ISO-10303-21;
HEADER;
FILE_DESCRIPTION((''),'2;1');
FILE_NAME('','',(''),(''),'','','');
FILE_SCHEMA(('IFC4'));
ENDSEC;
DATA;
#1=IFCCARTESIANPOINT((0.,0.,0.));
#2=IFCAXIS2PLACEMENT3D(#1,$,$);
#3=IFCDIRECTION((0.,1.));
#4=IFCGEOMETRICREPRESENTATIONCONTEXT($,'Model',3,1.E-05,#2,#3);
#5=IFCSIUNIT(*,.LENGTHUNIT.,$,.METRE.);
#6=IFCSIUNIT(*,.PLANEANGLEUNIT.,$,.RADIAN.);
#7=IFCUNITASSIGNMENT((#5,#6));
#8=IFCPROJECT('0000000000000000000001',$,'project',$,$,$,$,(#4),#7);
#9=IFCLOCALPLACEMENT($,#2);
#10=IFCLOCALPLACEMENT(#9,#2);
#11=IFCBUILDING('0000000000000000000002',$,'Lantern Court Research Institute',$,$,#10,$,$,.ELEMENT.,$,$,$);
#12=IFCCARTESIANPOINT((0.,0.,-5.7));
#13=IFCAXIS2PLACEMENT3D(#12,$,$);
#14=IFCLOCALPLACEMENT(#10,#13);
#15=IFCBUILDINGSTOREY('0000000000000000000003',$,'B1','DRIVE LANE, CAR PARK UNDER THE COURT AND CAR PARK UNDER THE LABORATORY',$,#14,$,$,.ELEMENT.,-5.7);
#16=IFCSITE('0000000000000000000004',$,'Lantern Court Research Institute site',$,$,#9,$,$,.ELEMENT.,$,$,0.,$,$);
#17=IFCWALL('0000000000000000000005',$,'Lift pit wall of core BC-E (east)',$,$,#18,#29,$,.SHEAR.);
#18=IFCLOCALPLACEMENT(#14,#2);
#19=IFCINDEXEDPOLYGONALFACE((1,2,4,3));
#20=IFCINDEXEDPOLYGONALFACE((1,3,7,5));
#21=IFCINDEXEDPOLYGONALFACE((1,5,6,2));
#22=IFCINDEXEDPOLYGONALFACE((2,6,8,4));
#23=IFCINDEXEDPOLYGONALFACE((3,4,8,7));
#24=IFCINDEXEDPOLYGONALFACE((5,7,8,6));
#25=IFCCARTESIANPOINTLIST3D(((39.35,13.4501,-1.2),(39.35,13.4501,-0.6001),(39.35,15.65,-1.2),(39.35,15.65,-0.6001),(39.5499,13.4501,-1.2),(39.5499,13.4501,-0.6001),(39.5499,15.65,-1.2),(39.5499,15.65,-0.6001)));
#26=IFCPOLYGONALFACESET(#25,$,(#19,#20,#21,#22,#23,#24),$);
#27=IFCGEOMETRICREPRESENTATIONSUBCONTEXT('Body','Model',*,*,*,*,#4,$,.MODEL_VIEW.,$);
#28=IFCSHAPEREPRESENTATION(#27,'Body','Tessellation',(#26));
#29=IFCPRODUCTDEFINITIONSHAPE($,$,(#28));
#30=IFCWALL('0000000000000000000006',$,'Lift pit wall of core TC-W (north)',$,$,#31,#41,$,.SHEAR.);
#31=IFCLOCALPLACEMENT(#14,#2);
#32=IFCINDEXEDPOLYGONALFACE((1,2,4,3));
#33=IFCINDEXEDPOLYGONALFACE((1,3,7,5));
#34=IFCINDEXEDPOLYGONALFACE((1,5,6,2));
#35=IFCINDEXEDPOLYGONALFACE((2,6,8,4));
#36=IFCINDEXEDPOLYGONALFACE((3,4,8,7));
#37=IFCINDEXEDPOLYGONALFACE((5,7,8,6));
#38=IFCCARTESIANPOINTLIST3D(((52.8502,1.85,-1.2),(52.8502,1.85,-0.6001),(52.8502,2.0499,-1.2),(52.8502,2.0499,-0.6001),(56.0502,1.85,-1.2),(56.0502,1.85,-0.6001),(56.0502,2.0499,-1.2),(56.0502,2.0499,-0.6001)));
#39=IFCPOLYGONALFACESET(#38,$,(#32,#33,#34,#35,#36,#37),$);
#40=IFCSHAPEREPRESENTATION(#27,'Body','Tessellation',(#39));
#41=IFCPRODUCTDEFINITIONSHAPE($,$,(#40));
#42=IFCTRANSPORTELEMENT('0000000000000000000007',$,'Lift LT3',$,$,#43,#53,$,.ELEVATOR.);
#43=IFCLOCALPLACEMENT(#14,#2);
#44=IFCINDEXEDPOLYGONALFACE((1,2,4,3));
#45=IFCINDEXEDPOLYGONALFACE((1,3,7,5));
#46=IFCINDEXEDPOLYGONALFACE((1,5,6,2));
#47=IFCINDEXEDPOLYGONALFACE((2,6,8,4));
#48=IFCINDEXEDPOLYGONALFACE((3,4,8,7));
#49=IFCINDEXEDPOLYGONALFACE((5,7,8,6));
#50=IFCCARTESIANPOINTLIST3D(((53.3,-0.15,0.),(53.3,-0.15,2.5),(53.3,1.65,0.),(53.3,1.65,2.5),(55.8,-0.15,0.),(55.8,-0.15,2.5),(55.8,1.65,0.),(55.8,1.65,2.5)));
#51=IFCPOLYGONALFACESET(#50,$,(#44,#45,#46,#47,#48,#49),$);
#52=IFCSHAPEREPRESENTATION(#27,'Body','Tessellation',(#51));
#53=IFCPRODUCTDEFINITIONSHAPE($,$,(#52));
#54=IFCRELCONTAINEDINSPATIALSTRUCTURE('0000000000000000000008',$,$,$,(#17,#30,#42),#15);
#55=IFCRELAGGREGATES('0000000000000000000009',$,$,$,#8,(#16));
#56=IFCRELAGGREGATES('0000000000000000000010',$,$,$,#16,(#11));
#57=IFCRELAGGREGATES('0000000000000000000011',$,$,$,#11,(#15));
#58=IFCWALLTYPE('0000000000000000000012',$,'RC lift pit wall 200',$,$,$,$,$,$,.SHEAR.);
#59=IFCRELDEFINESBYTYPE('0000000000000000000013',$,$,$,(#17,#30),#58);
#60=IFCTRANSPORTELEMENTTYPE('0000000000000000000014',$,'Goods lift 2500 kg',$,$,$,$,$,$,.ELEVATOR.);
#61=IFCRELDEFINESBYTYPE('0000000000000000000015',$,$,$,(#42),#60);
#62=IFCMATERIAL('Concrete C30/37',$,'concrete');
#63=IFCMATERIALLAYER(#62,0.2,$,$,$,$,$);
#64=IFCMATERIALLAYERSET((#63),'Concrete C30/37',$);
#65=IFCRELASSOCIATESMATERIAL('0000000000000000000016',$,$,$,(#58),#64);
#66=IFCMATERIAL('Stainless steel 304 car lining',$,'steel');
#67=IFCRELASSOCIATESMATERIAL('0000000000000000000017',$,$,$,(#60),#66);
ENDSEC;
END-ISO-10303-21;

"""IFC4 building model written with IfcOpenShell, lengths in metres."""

from ifc_helpers import new_model, si_unit, direction, frame, frame_2d, origin, origin_2d, place, context, subcontext, project, spatial, rectangle, extrude, material, layer, layer_set, type_object, element, save


model = new_model("IFC4")

# Units and contexts
model_context = context("Model", 3, precision=1e-05, world=origin(), true_north=direction((0.0, 1.0)))
body_context = subcontext(model_context, "Body", "Model", "MODEL_VIEW")
ifc_project = project(units=[si_unit("LENGTHUNIT", "METRE"), si_unit("PLANEANGLEUNIT", "RADIAN")], contexts=[model_context])

# Site, building, storey
site_placement = place(None, origin())
site = spatial("IfcSite", under=ifc_project, at=site_placement, Name="Lantern Court Research Institute site", CompositionType="ELEMENT", RefElevation=0.0)
building_placement = place(site_placement, origin())
building = spatial("IfcBuilding", under=site, at=building_placement, Name="Lantern Court Research Institute", CompositionType="ELEMENT")
storey_placement = place(building_placement, frame((0.0, 0.0, -5.7)))
storey = spatial("IfcBuildingStorey", under=building, at=storey_placement, Name="B1", Description="DRIVE LANE, CAR PARK UNDER THE COURT AND CAR PARK UNDER THE LABORATORY", CompositionType="ELEMENT", Elevation=-5.7)

# Walls
ifc_material_1 = material(Name="Concrete C30/37", Category="concrete")
ifc_layer_1 = layer(ifc_material_1, 0.2)
ifc_layer_set_1 = layer_set([ifc_layer_1], Name="Concrete C30/37")
wall_type_1 = type_object("IfcWallType", Name="RC lift pit wall 200", PredefinedType="SHEAR", material=ifc_layer_set_1)
wall_1_placement = place(storey_placement, frame((39.45, 13.45, -1.2), z_axis=(0.0, 0.0, 1.0), x_axis=(0.0, 1.0, 0.0)))
element("IfcWall", 1, at=wall_1_placement, inside=storey, type_object=wall_type_1, Name="Lift pit wall of core BC-E (east)", PredefinedType="SHEAR", context=body_context, shape_type="SweptSolid", body=[
    extrude(rectangle(XDim=2.2, YDim=0.2, at=frame_2d((1.1001, 0.0))), origin(), (0.0, 0.0, 1.0), 0.5999),
])
wall_2_placement = place(storey_placement, frame((52.8501, 1.95, -1.2), z_axis=(0.0, 0.0, 1.0), x_axis=(1.0, 0.0, 0.0)))
element("IfcWall", 2, at=wall_2_placement, inside=storey, type_object=wall_type_1, Name="Lift pit wall of core TC-W (north)", PredefinedType="SHEAR", context=body_context, shape_type="SweptSolid", body=[
    extrude(rectangle(XDim=3.2, YDim=0.2, at=frame_2d((1.6001, 0.0))), origin(), (0.0, 0.0, 1.0), 0.5999),
])

# Transport element
ifc_material_2 = material(Name="Stainless steel 304 car lining", Category="steel")
transport_element_type = type_object("IfcTransportElementType", Name="Goods lift 2500 kg", PredefinedType="ELEVATOR", material=ifc_material_2)
transport_element_placement = place(storey_placement, frame((54.55, 0.75, 0.0), z_axis=(0.0, 0.0, 1.0), x_axis=(1.0, 0.0, 0.0)))
element("IfcTransportElement", 3, at=transport_element_placement, inside=storey, type_object=transport_element_type, Name="Lift LT3", PredefinedType="ELEVATOR", context=body_context, shape_type="SweptSolid", body=[
    extrude(rectangle(XDim=2.5, YDim=1.8, at=origin_2d()), origin(), (0.0, 0.0, 1.0), 2.5),
])

save(model, "model.ifc")
